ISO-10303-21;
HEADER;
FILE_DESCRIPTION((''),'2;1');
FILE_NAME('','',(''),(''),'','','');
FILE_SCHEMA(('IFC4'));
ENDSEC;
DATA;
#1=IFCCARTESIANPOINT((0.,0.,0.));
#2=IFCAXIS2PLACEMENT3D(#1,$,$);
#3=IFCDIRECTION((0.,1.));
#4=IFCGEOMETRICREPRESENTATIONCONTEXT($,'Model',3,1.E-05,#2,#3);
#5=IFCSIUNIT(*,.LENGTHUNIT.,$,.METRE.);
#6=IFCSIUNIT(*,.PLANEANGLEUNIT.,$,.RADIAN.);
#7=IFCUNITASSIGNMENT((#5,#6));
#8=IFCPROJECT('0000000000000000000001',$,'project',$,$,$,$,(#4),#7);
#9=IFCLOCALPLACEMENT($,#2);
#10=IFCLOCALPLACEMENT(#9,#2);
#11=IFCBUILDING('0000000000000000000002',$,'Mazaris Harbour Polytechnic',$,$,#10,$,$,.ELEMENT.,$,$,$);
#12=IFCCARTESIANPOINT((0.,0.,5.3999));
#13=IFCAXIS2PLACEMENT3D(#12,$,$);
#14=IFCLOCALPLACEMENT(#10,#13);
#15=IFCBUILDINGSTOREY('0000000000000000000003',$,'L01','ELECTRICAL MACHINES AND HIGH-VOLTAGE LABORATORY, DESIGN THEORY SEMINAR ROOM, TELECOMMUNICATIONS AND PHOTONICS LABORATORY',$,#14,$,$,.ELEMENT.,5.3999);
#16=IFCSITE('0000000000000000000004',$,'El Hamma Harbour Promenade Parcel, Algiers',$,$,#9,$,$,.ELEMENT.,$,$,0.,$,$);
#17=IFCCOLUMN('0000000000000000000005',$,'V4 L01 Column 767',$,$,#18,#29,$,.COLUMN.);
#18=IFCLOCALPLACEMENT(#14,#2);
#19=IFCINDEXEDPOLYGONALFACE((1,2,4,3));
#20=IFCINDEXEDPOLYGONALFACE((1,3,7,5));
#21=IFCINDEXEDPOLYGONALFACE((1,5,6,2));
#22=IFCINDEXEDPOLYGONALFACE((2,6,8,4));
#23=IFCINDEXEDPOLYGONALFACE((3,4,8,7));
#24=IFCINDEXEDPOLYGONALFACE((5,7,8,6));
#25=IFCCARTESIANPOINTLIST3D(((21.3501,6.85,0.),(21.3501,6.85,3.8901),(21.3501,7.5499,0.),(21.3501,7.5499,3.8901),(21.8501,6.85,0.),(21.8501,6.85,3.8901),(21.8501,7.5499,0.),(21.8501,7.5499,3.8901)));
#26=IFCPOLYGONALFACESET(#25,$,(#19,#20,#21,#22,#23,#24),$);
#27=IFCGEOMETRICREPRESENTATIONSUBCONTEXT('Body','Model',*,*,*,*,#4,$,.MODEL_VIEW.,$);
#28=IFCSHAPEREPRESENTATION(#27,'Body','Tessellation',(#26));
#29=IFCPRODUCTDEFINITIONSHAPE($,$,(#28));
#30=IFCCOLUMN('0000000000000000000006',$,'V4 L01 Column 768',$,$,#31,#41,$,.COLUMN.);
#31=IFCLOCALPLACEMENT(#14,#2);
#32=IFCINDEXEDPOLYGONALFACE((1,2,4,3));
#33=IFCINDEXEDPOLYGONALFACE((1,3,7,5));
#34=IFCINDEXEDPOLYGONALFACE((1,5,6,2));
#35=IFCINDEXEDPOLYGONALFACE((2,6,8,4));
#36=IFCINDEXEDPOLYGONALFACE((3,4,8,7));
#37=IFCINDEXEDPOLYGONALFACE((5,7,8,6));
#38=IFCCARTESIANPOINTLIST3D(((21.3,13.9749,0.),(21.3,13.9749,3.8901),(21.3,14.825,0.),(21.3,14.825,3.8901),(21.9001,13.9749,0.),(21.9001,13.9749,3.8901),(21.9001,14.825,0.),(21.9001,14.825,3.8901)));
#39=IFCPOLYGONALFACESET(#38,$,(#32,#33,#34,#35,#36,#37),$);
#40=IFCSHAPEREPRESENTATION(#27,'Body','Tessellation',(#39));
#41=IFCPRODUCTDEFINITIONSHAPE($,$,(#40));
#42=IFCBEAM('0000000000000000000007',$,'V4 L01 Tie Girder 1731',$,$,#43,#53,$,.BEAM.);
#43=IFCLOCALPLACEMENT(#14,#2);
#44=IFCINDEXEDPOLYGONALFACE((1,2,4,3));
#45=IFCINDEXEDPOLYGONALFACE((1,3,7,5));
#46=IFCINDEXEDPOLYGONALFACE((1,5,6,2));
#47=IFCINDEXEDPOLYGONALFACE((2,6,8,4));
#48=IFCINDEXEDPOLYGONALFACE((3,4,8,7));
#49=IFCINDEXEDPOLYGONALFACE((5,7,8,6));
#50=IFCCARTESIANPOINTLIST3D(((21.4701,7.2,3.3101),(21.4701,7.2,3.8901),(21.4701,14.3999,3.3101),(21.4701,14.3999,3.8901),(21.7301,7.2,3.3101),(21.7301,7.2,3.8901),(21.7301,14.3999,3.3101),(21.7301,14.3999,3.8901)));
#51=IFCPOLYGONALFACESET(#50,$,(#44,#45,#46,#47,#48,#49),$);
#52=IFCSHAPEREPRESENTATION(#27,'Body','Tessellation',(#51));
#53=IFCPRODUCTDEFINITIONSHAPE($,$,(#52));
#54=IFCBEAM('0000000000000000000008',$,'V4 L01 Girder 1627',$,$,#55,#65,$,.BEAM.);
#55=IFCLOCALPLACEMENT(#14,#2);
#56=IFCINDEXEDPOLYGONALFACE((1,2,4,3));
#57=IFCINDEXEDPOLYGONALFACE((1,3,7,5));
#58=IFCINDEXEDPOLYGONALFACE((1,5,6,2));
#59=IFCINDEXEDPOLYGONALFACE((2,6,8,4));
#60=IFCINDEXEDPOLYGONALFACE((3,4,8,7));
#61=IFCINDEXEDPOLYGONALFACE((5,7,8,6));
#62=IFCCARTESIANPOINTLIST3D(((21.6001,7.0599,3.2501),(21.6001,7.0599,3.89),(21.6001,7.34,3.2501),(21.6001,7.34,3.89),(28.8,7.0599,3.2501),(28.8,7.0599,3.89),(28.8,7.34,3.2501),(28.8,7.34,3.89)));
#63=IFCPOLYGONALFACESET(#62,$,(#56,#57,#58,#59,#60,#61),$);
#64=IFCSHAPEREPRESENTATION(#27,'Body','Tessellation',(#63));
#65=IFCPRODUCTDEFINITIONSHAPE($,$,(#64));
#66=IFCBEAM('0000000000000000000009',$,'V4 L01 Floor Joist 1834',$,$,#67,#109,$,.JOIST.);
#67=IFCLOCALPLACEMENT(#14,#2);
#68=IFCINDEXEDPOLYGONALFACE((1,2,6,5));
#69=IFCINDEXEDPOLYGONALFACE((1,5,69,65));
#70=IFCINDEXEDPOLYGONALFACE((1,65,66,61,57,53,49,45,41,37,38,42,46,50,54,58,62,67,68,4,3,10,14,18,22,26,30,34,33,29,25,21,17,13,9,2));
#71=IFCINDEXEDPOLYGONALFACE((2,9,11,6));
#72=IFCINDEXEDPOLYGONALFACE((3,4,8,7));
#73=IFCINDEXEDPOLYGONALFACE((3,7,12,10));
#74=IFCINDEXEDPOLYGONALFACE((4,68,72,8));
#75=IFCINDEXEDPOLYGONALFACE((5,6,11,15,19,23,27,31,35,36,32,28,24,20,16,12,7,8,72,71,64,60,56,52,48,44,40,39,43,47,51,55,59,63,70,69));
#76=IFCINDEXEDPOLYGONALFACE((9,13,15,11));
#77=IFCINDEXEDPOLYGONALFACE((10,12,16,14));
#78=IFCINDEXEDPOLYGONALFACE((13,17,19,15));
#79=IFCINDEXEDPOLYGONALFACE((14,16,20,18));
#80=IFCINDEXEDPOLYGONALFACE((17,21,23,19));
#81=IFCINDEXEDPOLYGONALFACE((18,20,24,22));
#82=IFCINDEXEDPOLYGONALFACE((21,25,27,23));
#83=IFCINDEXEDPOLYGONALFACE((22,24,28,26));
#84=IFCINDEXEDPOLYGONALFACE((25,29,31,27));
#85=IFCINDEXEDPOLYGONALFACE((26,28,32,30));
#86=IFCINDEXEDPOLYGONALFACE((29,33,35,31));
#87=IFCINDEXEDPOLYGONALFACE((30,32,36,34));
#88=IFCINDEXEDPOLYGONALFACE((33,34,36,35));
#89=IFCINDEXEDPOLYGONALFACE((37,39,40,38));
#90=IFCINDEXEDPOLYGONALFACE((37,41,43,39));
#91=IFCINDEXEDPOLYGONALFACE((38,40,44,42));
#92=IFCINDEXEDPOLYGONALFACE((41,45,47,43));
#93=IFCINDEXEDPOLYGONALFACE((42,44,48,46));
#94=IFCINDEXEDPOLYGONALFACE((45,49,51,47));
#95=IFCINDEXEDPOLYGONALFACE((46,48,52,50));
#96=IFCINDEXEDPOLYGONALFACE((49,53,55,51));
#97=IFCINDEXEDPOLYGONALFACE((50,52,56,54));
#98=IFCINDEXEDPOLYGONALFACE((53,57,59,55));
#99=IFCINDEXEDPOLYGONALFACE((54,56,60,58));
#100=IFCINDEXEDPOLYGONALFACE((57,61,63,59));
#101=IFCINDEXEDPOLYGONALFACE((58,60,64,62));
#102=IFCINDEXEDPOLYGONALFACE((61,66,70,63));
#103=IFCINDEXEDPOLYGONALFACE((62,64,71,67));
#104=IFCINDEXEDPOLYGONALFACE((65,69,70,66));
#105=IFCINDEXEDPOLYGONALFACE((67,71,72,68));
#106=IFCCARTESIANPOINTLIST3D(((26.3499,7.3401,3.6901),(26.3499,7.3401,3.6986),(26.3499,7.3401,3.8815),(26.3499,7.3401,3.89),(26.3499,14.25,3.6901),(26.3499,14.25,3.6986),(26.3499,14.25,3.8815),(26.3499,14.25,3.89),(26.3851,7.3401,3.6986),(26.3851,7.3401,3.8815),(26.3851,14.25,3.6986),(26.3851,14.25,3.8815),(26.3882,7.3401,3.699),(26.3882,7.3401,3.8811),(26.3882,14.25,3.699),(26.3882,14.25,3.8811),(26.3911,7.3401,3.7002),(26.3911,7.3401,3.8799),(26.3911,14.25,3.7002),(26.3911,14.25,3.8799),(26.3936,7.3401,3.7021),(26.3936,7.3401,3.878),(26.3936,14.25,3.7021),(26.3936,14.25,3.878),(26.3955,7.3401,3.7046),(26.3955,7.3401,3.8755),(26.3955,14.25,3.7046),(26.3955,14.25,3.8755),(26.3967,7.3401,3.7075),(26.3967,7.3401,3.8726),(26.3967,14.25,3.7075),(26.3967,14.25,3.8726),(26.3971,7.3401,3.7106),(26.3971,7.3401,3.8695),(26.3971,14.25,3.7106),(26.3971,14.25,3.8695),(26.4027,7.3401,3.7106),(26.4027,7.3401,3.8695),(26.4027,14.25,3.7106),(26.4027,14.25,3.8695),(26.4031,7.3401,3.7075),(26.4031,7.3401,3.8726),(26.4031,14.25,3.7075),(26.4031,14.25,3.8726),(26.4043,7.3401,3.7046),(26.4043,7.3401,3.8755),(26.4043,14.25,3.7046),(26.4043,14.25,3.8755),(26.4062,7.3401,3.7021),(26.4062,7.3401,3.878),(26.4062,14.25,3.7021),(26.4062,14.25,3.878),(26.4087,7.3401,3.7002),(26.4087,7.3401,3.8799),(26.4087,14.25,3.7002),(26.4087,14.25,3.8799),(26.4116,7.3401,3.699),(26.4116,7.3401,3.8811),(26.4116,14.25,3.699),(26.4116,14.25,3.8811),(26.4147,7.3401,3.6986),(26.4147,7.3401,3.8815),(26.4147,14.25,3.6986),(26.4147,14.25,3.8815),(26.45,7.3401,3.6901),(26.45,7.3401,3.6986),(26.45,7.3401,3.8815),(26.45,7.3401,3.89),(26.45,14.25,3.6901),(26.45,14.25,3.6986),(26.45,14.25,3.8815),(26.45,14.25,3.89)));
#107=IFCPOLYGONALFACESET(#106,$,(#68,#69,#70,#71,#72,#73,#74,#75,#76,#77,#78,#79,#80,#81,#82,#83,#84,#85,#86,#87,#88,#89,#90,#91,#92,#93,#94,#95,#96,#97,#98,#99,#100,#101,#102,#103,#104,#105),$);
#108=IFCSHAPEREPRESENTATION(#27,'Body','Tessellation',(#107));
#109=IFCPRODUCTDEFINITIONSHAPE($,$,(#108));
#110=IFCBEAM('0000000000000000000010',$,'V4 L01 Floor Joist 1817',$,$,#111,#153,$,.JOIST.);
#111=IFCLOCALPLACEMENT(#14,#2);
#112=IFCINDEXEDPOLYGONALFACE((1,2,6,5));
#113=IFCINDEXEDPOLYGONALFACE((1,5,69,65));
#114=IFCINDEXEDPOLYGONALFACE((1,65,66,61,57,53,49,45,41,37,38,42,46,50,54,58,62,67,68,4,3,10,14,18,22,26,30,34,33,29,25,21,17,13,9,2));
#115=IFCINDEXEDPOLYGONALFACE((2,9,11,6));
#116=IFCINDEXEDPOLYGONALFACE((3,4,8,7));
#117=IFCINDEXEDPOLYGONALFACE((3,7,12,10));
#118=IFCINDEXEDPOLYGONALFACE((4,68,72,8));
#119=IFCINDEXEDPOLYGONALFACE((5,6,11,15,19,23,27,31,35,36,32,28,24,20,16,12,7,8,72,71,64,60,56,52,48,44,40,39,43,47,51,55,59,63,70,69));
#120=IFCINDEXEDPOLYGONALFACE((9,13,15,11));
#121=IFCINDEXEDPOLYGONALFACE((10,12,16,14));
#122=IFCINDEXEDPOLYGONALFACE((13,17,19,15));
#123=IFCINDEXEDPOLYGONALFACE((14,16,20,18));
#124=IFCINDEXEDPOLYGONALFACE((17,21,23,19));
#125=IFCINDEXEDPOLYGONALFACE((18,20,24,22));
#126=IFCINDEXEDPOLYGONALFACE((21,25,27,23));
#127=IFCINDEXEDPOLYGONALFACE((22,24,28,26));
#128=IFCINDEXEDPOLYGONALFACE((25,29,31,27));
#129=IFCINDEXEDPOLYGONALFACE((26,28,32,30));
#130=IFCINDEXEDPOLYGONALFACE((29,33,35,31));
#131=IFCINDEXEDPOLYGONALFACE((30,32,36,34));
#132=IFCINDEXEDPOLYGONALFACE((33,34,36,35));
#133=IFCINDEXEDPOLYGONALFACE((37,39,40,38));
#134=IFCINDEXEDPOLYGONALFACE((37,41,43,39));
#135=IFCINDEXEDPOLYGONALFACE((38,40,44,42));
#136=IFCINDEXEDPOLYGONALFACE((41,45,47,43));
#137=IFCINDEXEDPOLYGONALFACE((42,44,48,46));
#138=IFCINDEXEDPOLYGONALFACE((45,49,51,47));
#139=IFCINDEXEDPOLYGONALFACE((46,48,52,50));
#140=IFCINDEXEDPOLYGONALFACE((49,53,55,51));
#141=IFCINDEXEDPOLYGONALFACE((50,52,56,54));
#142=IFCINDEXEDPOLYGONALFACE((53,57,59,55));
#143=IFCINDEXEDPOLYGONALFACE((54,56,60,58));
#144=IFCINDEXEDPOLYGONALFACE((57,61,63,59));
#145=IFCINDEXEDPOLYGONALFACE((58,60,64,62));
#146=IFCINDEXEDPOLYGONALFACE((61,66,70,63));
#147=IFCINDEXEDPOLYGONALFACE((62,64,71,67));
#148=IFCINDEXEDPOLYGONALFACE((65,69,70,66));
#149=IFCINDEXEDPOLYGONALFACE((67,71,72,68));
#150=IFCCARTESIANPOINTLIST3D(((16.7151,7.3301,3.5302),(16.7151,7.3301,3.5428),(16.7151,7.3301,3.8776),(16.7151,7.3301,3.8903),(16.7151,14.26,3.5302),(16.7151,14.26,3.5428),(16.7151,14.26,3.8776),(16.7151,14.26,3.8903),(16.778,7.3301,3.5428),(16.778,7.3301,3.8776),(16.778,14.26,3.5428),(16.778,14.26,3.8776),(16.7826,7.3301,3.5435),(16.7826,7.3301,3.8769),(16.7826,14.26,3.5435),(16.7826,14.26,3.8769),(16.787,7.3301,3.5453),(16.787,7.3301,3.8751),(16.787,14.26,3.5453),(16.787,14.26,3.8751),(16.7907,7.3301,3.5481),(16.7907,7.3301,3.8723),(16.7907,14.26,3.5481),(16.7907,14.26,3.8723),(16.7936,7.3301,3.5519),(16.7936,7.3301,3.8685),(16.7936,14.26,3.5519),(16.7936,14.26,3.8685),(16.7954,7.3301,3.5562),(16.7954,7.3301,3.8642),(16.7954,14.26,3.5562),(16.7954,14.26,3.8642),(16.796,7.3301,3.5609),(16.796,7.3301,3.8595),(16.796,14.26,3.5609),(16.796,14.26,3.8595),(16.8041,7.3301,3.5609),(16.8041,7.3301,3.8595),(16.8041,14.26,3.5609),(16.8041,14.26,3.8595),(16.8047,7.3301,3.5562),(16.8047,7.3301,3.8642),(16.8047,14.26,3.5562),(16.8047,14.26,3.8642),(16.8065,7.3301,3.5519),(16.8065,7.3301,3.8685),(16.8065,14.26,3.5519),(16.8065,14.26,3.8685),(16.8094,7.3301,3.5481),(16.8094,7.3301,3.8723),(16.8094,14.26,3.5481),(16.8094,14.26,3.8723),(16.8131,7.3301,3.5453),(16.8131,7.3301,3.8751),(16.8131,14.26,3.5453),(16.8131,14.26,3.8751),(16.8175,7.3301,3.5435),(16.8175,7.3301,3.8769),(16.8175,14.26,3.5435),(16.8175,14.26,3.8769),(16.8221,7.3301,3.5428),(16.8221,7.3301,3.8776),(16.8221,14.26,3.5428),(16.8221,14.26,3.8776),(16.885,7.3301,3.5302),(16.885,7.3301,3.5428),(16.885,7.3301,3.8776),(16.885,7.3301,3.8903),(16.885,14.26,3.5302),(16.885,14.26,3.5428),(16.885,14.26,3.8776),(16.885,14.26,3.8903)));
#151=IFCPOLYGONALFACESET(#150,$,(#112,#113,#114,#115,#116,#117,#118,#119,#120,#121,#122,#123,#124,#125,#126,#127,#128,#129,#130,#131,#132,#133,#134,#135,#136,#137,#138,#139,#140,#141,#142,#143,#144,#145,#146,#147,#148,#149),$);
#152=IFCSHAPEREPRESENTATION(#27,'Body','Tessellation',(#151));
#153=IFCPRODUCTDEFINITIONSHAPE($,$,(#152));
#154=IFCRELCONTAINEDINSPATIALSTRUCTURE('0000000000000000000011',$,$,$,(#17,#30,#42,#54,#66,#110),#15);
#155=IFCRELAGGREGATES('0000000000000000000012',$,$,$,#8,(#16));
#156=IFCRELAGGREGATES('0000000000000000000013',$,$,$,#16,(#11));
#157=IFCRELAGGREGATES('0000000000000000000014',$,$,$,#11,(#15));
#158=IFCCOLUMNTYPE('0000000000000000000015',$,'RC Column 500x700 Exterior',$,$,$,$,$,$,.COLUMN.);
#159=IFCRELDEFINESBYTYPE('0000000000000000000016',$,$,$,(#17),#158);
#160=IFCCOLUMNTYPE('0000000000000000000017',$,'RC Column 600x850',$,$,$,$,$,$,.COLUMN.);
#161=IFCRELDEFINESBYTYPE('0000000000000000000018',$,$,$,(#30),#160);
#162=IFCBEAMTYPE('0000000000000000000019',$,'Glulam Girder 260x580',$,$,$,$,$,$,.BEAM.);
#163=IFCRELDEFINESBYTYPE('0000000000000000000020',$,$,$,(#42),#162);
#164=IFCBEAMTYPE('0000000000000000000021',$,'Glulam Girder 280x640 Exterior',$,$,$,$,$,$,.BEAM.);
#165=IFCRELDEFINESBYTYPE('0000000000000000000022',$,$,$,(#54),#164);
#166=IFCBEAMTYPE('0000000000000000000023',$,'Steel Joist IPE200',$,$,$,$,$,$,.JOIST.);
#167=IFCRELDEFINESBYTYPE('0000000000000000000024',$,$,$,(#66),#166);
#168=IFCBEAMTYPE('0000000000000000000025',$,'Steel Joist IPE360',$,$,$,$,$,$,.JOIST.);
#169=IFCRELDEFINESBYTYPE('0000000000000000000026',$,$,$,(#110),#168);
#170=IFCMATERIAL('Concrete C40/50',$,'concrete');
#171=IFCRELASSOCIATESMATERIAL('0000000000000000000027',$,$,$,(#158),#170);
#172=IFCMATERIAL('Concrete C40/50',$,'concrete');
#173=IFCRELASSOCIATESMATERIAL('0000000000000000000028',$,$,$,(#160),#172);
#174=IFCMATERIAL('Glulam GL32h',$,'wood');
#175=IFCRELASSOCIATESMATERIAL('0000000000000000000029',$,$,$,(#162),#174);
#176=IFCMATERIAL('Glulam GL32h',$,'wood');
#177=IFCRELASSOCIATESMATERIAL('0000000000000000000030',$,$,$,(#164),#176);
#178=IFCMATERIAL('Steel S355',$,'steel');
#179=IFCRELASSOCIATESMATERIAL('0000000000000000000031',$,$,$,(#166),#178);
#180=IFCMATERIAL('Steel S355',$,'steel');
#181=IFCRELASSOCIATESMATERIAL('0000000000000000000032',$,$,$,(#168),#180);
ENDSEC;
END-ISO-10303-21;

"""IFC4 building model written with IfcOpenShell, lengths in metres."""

from ifc_helpers import new_model, si_unit, direction, frame, origin, origin_2d, place, context, subcontext, project, spatial, rectangle, i_section, extrude, material, material_profile, profile_set, type_object, element, save


model = new_model("IFC4")

# Units and contexts
model_context = context("Model", 3, precision=1e-05, world=origin(), true_north=direction((0.0, 1.0)))
body_context = subcontext(model_context, "Body", "Model", "MODEL_VIEW")
ifc_project = project(units=[si_unit("LENGTHUNIT", "METRE"), si_unit("PLANEANGLEUNIT", "RADIAN")], contexts=[model_context])

# Site, building, storey
site_placement = place(None, origin())
site = spatial("IfcSite", under=ifc_project, at=site_placement, Name="El Hamma Harbour Promenade Parcel, Algiers", CompositionType="ELEMENT", RefElevation=0.0)
building_placement = place(site_placement, origin())
building = spatial("IfcBuilding", under=site, at=building_placement, Name="Mazaris Harbour Polytechnic", CompositionType="ELEMENT")
storey_placement = place(building_placement, frame((0.0, 0.0, 5.3999)))
storey = spatial("IfcBuildingStorey", under=building, at=storey_placement, Name="L01", Description="ELECTRICAL MACHINES AND HIGH-VOLTAGE LABORATORY, DESIGN THEORY SEMINAR ROOM, TELECOMMUNICATIONS AND PHOTONICS LABORATORY", CompositionType="ELEMENT", Elevation=5.3999)

# Columns
ifc_material_1 = material(Name="Concrete C40/50", Category="concrete")
ifc_material_profile_1 = material_profile(ifc_material_1, rectangle(XDim=0.5, YDim=0.7, at=origin_2d()), Name="RECT500x700")
ifc_profile_set_1 = profile_set([ifc_material_profile_1], Name="Concrete C40/50")
column_type_1 = type_object("IfcColumnType", Name="RC Column 500x700 Exterior", PredefinedType="COLUMN", material=ifc_profile_set_1)
column_1_placement = place(storey_placement, frame((21.6001, 7.2, 0.0), z_axis=(0.0, 0.0, 1.0), x_axis=(1.0, 0.0, 0.0)))
element("IfcColumn", 1, at=column_1_placement, inside=storey, type_object=column_type_1, Name="V4 L01 Column 767", PredefinedType="COLUMN", context=body_context, shape_type="SweptSolid", body=[
    extrude(rectangle(XDim=0.5, YDim=0.7, at=origin_2d()), origin(), (0.0, 0.0, 1.0), 3.8901),
])
ifc_material_2 = material(Name="Concrete C40/50", Category="concrete")
ifc_material_profile_2 = material_profile(ifc_material_2, rectangle(XDim=0.6001, YDim=0.8501, at=origin_2d()), Name="RECT600x850")
ifc_profile_set_2 = profile_set([ifc_material_profile_2], Name="Concrete C40/50")
column_type_2 = type_object("IfcColumnType", Name="RC Column 600x850", PredefinedType="COLUMN", material=ifc_profile_set_2)
column_2_placement = place(storey_placement, frame((21.6001, 14.3999, 0.0), z_axis=(0.0, 0.0, 1.0), x_axis=(1.0, 0.0, 0.0)))
element("IfcColumn", 2, at=column_2_placement, inside=storey, type_object=column_type_2, Name="V4 L01 Column 768", PredefinedType="COLUMN", context=body_context, shape_type="SweptSolid", body=[
    extrude(rectangle(XDim=0.6001, YDim=0.8501, at=origin_2d()), origin(), (0.0, 0.0, 1.0), 3.8901),
])

# Beams
ifc_material_3 = material(Name="Glulam GL32h", Category="wood")
ifc_material_profile_3 = material_profile(ifc_material_3, rectangle(XDim=0.26, YDim=0.5801, at=origin_2d()), Name="RECT260x580")
ifc_profile_set_3 = profile_set([ifc_material_profile_3], Name="Glulam GL32h")
beam_type_1 = type_object("IfcBeamType", Name="Glulam Girder 260x580", PredefinedType="BEAM", material=ifc_profile_set_3)
beam_1_placement = place(storey_placement, frame((21.6001, 7.2, 3.6001), z_axis=(0.0, 1.0, 0.0), x_axis=(-1.0, 0.0, 0.0)))
element("IfcBeam", 3, at=beam_1_placement, inside=storey, type_object=beam_type_1, Name="V4 L01 Tie Girder 1731", PredefinedType="BEAM", context=body_context, shape_type="SweptSolid", body=[
    extrude(rectangle(XDim=0.26, YDim=0.5801, at=origin_2d()), origin(), (0.0, 0.0, 1.0), 7.2),
])
ifc_material_4 = material(Name="Glulam GL32h", Category="wood")
ifc_material_profile_4 = material_profile(ifc_material_4, rectangle(XDim=0.28, YDim=0.6399, at=origin_2d()), Name="RECT280x640")
ifc_profile_set_4 = profile_set([ifc_material_profile_4], Name="Glulam GL32h")
beam_type_2 = type_object("IfcBeamType", Name="Glulam Girder 280x640 Exterior", PredefinedType="BEAM", material=ifc_profile_set_4)
beam_2_placement = place(storey_placement, frame((21.6001, 7.2, 3.5701), z_axis=(1.0, 0.0, 0.0), x_axis=(0.0, 1.0, 0.0)))
element("IfcBeam", 4, at=beam_2_placement, inside=storey, type_object=beam_type_2, Name="V4 L01 Girder 1627", PredefinedType="BEAM", context=body_context, shape_type="SweptSolid", body=[
    extrude(rectangle(XDim=0.28, YDim=0.6399, at=origin_2d()), origin(), (0.0, 0.0, 1.0), 7.2),
])
ifc_material_5 = material(Name="Steel S355", Category="steel")
ifc_material_profile_5 = material_profile(ifc_material_5, i_section(OverallWidth=0.1001, OverallDepth=0.2, WebThickness=0.0056, FlangeThickness=0.0085, FilletRadius=0.012, at=origin_2d()), Name="IPE 200")
ifc_profile_set_5 = profile_set([ifc_material_profile_5], Name="Steel S355")
beam_type_3 = type_object("IfcBeamType", Name="Steel Joist IPE200", PredefinedType="JOIST", material=ifc_profile_set_5)
beam_3_placement = place(storey_placement, frame((26.3999, 7.3401, 3.79), z_axis=(0.0, 1.0, 0.0), x_axis=(-1.0, 0.0, 0.0)))
element("IfcBeam", 5, at=beam_3_placement, inside=storey, type_object=beam_type_3, Name="V4 L01 Floor Joist 1834", PredefinedType="JOIST", context=body_context, shape_type="SweptSolid", body=[
    extrude(i_section(OverallWidth=0.1001, OverallDepth=0.2, WebThickness=0.0056, FlangeThickness=0.0085, FilletRadius=0.012, at=origin_2d()), origin(), (0.0, 0.0, 1.0), 6.9099),
])
ifc_material_6 = material(Name="Steel S355", Category="steel")
ifc_material_profile_6 = material_profile(ifc_material_6, i_section(OverallWidth=0.1699, OverallDepth=0.3601, WebThickness=0.0081, FlangeThickness=0.0127, FilletRadius=0.0181, at=origin_2d()), Name="IPE 360")
ifc_profile_set_6 = profile_set([ifc_material_profile_6], Name="Steel S355")
beam_type_4 = type_object("IfcBeamType", Name="Steel Joist IPE360", PredefinedType="JOIST", material=ifc_profile_set_6)
beam_4_placement = place(storey_placement, frame((16.8, 7.3301, 3.7102), z_axis=(0.0, 1.0, 0.0), x_axis=(-1.0, 0.0, 0.0)))
element("IfcBeam", 6, at=beam_4_placement, inside=storey, type_object=beam_type_4, Name="V4 L01 Floor Joist 1817", PredefinedType="JOIST", context=body_context, shape_type="SweptSolid", body=[
    extrude(i_section(OverallWidth=0.1699, OverallDepth=0.3601, WebThickness=0.0081, FlangeThickness=0.0127, FilletRadius=0.0181, at=origin_2d()), origin(), (0.0, 0.0, 1.0), 6.9299),
])

save(model, "model.ifc")
